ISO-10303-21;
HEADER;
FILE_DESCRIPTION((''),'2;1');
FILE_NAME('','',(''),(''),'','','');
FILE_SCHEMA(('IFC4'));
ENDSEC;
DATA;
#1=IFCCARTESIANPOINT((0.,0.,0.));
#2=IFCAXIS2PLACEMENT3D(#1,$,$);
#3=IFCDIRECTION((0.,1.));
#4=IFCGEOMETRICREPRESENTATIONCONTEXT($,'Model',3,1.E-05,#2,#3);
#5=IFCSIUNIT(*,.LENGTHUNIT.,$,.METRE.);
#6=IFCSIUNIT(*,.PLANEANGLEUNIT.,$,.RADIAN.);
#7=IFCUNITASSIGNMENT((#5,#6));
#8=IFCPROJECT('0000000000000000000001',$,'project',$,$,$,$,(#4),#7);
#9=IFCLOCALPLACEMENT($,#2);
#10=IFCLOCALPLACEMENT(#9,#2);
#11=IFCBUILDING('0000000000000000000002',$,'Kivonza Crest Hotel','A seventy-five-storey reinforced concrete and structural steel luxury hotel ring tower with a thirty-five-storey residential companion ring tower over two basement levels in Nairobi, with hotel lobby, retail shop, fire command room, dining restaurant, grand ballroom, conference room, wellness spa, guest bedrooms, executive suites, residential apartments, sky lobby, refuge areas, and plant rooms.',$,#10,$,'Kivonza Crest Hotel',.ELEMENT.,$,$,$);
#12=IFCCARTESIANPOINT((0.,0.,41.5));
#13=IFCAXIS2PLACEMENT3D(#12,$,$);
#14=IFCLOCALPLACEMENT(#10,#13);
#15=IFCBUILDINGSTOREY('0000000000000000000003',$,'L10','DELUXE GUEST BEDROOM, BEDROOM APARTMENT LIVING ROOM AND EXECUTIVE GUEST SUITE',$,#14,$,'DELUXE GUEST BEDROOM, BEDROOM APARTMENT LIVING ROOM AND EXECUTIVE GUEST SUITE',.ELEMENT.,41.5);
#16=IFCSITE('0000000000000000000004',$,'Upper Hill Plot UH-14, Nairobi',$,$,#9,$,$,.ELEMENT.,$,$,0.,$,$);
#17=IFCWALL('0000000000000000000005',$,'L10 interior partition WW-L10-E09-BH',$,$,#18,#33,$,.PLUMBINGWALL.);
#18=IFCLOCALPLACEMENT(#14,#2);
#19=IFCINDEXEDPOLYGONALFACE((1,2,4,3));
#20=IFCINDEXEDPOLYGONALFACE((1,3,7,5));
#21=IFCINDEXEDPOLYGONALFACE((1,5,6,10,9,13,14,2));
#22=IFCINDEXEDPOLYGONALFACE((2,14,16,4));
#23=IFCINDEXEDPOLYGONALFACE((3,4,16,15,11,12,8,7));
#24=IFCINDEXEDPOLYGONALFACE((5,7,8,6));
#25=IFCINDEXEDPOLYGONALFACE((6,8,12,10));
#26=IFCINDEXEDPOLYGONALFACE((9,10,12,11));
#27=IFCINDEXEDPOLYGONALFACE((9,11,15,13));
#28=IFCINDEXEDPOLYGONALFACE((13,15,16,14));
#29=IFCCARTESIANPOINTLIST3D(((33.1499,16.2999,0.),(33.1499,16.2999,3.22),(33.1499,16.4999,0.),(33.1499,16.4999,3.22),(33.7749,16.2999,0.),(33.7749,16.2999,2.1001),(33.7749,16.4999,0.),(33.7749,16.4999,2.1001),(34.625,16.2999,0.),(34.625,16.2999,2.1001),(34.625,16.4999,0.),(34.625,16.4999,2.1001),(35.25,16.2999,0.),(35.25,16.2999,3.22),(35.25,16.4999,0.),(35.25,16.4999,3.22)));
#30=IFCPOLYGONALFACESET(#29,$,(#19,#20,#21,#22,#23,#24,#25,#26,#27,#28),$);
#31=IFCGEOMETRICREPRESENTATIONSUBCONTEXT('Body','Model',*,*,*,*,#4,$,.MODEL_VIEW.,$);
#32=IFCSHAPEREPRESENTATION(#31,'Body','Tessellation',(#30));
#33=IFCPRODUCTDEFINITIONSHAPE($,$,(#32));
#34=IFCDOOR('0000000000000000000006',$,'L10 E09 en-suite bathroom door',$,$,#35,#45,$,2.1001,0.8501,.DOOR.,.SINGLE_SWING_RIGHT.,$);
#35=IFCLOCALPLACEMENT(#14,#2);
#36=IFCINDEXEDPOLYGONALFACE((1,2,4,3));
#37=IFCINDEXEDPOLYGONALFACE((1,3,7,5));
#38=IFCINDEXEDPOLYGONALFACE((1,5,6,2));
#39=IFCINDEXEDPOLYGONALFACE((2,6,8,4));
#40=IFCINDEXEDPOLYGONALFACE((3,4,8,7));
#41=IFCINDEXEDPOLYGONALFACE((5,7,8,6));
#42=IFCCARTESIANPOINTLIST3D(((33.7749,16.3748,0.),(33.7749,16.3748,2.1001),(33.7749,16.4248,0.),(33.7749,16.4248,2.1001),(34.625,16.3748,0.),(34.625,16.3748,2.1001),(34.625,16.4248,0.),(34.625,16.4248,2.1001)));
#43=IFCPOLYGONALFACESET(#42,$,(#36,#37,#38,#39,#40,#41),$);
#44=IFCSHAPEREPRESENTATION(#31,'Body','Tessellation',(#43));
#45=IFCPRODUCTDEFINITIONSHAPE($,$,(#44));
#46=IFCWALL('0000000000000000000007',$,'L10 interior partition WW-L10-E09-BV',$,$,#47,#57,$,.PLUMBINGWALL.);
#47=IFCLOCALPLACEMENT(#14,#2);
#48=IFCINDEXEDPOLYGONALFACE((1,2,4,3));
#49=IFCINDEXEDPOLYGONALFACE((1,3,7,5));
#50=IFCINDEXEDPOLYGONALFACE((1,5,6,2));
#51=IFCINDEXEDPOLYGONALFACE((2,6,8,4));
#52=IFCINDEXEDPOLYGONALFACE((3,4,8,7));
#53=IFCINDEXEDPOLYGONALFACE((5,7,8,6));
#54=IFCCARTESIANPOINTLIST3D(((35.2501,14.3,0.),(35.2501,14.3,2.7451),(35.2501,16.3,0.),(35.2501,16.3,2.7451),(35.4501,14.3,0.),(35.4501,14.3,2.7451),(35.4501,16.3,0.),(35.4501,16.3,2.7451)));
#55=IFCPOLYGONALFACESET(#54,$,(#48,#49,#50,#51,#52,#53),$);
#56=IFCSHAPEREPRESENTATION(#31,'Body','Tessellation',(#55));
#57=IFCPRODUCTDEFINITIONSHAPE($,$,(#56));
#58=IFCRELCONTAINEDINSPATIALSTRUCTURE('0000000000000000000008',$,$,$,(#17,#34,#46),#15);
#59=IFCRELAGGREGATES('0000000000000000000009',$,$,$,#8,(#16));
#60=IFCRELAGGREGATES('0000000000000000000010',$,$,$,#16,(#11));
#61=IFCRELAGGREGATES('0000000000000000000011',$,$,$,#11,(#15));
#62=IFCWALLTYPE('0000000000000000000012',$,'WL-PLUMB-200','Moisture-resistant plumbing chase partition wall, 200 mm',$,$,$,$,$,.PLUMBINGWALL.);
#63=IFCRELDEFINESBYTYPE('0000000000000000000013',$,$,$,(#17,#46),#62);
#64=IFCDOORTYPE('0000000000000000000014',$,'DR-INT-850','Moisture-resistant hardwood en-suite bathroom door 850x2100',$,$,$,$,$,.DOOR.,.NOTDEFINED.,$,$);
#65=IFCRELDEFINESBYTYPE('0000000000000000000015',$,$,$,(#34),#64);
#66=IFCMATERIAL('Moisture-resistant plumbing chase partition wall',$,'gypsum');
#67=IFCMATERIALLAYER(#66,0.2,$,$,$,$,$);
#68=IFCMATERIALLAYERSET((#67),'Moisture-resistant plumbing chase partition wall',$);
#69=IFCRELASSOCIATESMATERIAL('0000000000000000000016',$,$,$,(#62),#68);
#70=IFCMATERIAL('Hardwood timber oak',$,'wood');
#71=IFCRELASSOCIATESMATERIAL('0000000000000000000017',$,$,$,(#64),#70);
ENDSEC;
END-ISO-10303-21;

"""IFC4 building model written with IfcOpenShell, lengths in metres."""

from ifc_helpers import new_model, si_unit, direction, frame, frame_2d, origin, place, context, subcontext, project, spatial, rectangle, extrude, material, layer, layer_set, type_object, element, fill, save


model = new_model("IFC4")

# Units and contexts
model_context = context("Model", 3, precision=1e-05, world=origin(), true_north=direction((0.0, 1.0)))
body_context = subcontext(model_context, "Body", "Model", "MODEL_VIEW")
ifc_project = project(units=[si_unit("LENGTHUNIT", "METRE"), si_unit("PLANEANGLEUNIT", "RADIAN")], contexts=[model_context])

# Site, building, storey
site_placement = place(None, origin())
site = spatial("IfcSite", under=ifc_project, at=site_placement, Name="Upper Hill Plot UH-14, Nairobi", CompositionType="ELEMENT", RefElevation=0.0)
building_placement = place(site_placement, origin())
building = spatial("IfcBuilding", under=site, at=building_placement, Name="Kivonza Crest Hotel", Description="A seventy-five-storey reinforced concrete and structural steel luxury hotel ring tower with a thirty-five-storey residential companion ring tower over two basement levels in Nairobi, with hotel lobby, retail shop, fire command room, dining restaurant, grand ballroom, conference room, wellness spa, guest bedrooms, executive suites, residential apartments, sky lobby, refuge areas, and plant rooms.", LongName="Kivonza Crest Hotel", CompositionType="ELEMENT")
storey_placement = place(building_placement, frame((0.0, 0.0, 41.5)))
storey = spatial("IfcBuildingStorey", under=building, at=storey_placement, Name="L10", Description="DELUXE GUEST BEDROOM, BEDROOM APARTMENT LIVING ROOM AND EXECUTIVE GUEST SUITE", LongName="DELUXE GUEST BEDROOM, BEDROOM APARTMENT LIVING ROOM AND EXECUTIVE GUEST SUITE", CompositionType="ELEMENT", Elevation=41.5)

# Shared definitions
ifc_material_1 = material(Name="Hardwood timber oak", Category="wood")

# Wall, opening, door
ifc_material_2 = material(Name="Moisture-resistant plumbing chase partition wall", Category="gypsum")
ifc_layer_1 = layer(ifc_material_2, 0.2)
ifc_layer_set_1 = layer_set([ifc_layer_1], Name="Moisture-resistant plumbing chase partition wall")
wall_type_1 = type_object("IfcWallType", Name="WL-PLUMB-200", Description="Moisture-resistant plumbing chase partition wall, 200 mm", PredefinedType="PLUMBINGWALL", material=ifc_layer_set_1)
wall_1_placement = place(storey_placement, frame((33.1499, 16.3999, 0.0), z_axis=(0.0, 0.0, 1.0), x_axis=(1.0, 0.0, 0.0)))
wall_1 = element("IfcWall", 1, at=wall_1_placement, inside=storey, type_object=wall_type_1, Name="L10 interior partition WW-L10-E09-BH", PredefinedType="PLUMBINGWALL", context=body_context, shape_type="SweptSolid", body=[
    extrude(rectangle(XDim=2.1001, YDim=0.2, at=frame_2d((1.05, 0.0))), origin(), (0.0, 0.0, 1.0), 3.22),
])
opening_1_placement = place(wall_1_placement, frame((0.625, 0.0, 0.0)))
opening_1 = element("IfcOpeningElement", 2, at=opening_1_placement, cuts=wall_1, PredefinedType="OPENING", context=body_context, shape_type="SweptSolid", body=[
    extrude(rectangle(XDim=0.8501, YDim=2.1001, at=frame_2d((0.425, 1.05))), frame((0.0, 0.1099, 0.0), z_axis=(0.0, -1.0, 0.0), x_axis=(1.0, 0.0, 0.0)), (0.0, 0.0, 1.0), 0.22),
])
door_type_1 = type_object("IfcDoorType", Name="DR-INT-850", Description="Moisture-resistant hardwood en-suite bathroom door 850x2100", OperationType="NOTDEFINED", PredefinedType="DOOR", material=ifc_material_1)
door_1_placement = place(opening_1_placement, origin())
door_1 = element("IfcDoor", 3, at=door_1_placement, inside=storey, type_object=door_type_1, Name="L10 E09 en-suite bathroom door", OperationType="SINGLE_SWING_RIGHT", OverallHeight=2.1001, OverallWidth=0.8501, PredefinedType="DOOR", context=body_context, shape_type="SweptSolid", body=[
    extrude(rectangle(XDim=0.8501, YDim=2.1001, at=frame_2d((0.425, 1.05))), frame((0.0, 0.0249, 0.0), z_axis=(0.0, -1.0, 0.0), x_axis=(1.0, 0.0, 0.0)), (0.0, 0.0, 1.0), 0.05),
])
fill(opening_1, door_1)

# Wall
wall_2_placement = place(storey_placement, frame((35.3501, 14.3, 0.0), z_axis=(0.0, 0.0, 1.0), x_axis=(0.0, 1.0, 0.0)))
element("IfcWall", 4, at=wall_2_placement, inside=storey, type_object=wall_type_1, Name="L10 interior partition WW-L10-E09-BV", PredefinedType="PLUMBINGWALL", context=body_context, shape_type="SweptSolid", body=[
    extrude(rectangle(XDim=2.0, YDim=0.2, at=frame_2d((1.0, 0.0))), origin(), (0.0, 0.0, 1.0), 2.7451),
])

save(model, "model.ifc")
